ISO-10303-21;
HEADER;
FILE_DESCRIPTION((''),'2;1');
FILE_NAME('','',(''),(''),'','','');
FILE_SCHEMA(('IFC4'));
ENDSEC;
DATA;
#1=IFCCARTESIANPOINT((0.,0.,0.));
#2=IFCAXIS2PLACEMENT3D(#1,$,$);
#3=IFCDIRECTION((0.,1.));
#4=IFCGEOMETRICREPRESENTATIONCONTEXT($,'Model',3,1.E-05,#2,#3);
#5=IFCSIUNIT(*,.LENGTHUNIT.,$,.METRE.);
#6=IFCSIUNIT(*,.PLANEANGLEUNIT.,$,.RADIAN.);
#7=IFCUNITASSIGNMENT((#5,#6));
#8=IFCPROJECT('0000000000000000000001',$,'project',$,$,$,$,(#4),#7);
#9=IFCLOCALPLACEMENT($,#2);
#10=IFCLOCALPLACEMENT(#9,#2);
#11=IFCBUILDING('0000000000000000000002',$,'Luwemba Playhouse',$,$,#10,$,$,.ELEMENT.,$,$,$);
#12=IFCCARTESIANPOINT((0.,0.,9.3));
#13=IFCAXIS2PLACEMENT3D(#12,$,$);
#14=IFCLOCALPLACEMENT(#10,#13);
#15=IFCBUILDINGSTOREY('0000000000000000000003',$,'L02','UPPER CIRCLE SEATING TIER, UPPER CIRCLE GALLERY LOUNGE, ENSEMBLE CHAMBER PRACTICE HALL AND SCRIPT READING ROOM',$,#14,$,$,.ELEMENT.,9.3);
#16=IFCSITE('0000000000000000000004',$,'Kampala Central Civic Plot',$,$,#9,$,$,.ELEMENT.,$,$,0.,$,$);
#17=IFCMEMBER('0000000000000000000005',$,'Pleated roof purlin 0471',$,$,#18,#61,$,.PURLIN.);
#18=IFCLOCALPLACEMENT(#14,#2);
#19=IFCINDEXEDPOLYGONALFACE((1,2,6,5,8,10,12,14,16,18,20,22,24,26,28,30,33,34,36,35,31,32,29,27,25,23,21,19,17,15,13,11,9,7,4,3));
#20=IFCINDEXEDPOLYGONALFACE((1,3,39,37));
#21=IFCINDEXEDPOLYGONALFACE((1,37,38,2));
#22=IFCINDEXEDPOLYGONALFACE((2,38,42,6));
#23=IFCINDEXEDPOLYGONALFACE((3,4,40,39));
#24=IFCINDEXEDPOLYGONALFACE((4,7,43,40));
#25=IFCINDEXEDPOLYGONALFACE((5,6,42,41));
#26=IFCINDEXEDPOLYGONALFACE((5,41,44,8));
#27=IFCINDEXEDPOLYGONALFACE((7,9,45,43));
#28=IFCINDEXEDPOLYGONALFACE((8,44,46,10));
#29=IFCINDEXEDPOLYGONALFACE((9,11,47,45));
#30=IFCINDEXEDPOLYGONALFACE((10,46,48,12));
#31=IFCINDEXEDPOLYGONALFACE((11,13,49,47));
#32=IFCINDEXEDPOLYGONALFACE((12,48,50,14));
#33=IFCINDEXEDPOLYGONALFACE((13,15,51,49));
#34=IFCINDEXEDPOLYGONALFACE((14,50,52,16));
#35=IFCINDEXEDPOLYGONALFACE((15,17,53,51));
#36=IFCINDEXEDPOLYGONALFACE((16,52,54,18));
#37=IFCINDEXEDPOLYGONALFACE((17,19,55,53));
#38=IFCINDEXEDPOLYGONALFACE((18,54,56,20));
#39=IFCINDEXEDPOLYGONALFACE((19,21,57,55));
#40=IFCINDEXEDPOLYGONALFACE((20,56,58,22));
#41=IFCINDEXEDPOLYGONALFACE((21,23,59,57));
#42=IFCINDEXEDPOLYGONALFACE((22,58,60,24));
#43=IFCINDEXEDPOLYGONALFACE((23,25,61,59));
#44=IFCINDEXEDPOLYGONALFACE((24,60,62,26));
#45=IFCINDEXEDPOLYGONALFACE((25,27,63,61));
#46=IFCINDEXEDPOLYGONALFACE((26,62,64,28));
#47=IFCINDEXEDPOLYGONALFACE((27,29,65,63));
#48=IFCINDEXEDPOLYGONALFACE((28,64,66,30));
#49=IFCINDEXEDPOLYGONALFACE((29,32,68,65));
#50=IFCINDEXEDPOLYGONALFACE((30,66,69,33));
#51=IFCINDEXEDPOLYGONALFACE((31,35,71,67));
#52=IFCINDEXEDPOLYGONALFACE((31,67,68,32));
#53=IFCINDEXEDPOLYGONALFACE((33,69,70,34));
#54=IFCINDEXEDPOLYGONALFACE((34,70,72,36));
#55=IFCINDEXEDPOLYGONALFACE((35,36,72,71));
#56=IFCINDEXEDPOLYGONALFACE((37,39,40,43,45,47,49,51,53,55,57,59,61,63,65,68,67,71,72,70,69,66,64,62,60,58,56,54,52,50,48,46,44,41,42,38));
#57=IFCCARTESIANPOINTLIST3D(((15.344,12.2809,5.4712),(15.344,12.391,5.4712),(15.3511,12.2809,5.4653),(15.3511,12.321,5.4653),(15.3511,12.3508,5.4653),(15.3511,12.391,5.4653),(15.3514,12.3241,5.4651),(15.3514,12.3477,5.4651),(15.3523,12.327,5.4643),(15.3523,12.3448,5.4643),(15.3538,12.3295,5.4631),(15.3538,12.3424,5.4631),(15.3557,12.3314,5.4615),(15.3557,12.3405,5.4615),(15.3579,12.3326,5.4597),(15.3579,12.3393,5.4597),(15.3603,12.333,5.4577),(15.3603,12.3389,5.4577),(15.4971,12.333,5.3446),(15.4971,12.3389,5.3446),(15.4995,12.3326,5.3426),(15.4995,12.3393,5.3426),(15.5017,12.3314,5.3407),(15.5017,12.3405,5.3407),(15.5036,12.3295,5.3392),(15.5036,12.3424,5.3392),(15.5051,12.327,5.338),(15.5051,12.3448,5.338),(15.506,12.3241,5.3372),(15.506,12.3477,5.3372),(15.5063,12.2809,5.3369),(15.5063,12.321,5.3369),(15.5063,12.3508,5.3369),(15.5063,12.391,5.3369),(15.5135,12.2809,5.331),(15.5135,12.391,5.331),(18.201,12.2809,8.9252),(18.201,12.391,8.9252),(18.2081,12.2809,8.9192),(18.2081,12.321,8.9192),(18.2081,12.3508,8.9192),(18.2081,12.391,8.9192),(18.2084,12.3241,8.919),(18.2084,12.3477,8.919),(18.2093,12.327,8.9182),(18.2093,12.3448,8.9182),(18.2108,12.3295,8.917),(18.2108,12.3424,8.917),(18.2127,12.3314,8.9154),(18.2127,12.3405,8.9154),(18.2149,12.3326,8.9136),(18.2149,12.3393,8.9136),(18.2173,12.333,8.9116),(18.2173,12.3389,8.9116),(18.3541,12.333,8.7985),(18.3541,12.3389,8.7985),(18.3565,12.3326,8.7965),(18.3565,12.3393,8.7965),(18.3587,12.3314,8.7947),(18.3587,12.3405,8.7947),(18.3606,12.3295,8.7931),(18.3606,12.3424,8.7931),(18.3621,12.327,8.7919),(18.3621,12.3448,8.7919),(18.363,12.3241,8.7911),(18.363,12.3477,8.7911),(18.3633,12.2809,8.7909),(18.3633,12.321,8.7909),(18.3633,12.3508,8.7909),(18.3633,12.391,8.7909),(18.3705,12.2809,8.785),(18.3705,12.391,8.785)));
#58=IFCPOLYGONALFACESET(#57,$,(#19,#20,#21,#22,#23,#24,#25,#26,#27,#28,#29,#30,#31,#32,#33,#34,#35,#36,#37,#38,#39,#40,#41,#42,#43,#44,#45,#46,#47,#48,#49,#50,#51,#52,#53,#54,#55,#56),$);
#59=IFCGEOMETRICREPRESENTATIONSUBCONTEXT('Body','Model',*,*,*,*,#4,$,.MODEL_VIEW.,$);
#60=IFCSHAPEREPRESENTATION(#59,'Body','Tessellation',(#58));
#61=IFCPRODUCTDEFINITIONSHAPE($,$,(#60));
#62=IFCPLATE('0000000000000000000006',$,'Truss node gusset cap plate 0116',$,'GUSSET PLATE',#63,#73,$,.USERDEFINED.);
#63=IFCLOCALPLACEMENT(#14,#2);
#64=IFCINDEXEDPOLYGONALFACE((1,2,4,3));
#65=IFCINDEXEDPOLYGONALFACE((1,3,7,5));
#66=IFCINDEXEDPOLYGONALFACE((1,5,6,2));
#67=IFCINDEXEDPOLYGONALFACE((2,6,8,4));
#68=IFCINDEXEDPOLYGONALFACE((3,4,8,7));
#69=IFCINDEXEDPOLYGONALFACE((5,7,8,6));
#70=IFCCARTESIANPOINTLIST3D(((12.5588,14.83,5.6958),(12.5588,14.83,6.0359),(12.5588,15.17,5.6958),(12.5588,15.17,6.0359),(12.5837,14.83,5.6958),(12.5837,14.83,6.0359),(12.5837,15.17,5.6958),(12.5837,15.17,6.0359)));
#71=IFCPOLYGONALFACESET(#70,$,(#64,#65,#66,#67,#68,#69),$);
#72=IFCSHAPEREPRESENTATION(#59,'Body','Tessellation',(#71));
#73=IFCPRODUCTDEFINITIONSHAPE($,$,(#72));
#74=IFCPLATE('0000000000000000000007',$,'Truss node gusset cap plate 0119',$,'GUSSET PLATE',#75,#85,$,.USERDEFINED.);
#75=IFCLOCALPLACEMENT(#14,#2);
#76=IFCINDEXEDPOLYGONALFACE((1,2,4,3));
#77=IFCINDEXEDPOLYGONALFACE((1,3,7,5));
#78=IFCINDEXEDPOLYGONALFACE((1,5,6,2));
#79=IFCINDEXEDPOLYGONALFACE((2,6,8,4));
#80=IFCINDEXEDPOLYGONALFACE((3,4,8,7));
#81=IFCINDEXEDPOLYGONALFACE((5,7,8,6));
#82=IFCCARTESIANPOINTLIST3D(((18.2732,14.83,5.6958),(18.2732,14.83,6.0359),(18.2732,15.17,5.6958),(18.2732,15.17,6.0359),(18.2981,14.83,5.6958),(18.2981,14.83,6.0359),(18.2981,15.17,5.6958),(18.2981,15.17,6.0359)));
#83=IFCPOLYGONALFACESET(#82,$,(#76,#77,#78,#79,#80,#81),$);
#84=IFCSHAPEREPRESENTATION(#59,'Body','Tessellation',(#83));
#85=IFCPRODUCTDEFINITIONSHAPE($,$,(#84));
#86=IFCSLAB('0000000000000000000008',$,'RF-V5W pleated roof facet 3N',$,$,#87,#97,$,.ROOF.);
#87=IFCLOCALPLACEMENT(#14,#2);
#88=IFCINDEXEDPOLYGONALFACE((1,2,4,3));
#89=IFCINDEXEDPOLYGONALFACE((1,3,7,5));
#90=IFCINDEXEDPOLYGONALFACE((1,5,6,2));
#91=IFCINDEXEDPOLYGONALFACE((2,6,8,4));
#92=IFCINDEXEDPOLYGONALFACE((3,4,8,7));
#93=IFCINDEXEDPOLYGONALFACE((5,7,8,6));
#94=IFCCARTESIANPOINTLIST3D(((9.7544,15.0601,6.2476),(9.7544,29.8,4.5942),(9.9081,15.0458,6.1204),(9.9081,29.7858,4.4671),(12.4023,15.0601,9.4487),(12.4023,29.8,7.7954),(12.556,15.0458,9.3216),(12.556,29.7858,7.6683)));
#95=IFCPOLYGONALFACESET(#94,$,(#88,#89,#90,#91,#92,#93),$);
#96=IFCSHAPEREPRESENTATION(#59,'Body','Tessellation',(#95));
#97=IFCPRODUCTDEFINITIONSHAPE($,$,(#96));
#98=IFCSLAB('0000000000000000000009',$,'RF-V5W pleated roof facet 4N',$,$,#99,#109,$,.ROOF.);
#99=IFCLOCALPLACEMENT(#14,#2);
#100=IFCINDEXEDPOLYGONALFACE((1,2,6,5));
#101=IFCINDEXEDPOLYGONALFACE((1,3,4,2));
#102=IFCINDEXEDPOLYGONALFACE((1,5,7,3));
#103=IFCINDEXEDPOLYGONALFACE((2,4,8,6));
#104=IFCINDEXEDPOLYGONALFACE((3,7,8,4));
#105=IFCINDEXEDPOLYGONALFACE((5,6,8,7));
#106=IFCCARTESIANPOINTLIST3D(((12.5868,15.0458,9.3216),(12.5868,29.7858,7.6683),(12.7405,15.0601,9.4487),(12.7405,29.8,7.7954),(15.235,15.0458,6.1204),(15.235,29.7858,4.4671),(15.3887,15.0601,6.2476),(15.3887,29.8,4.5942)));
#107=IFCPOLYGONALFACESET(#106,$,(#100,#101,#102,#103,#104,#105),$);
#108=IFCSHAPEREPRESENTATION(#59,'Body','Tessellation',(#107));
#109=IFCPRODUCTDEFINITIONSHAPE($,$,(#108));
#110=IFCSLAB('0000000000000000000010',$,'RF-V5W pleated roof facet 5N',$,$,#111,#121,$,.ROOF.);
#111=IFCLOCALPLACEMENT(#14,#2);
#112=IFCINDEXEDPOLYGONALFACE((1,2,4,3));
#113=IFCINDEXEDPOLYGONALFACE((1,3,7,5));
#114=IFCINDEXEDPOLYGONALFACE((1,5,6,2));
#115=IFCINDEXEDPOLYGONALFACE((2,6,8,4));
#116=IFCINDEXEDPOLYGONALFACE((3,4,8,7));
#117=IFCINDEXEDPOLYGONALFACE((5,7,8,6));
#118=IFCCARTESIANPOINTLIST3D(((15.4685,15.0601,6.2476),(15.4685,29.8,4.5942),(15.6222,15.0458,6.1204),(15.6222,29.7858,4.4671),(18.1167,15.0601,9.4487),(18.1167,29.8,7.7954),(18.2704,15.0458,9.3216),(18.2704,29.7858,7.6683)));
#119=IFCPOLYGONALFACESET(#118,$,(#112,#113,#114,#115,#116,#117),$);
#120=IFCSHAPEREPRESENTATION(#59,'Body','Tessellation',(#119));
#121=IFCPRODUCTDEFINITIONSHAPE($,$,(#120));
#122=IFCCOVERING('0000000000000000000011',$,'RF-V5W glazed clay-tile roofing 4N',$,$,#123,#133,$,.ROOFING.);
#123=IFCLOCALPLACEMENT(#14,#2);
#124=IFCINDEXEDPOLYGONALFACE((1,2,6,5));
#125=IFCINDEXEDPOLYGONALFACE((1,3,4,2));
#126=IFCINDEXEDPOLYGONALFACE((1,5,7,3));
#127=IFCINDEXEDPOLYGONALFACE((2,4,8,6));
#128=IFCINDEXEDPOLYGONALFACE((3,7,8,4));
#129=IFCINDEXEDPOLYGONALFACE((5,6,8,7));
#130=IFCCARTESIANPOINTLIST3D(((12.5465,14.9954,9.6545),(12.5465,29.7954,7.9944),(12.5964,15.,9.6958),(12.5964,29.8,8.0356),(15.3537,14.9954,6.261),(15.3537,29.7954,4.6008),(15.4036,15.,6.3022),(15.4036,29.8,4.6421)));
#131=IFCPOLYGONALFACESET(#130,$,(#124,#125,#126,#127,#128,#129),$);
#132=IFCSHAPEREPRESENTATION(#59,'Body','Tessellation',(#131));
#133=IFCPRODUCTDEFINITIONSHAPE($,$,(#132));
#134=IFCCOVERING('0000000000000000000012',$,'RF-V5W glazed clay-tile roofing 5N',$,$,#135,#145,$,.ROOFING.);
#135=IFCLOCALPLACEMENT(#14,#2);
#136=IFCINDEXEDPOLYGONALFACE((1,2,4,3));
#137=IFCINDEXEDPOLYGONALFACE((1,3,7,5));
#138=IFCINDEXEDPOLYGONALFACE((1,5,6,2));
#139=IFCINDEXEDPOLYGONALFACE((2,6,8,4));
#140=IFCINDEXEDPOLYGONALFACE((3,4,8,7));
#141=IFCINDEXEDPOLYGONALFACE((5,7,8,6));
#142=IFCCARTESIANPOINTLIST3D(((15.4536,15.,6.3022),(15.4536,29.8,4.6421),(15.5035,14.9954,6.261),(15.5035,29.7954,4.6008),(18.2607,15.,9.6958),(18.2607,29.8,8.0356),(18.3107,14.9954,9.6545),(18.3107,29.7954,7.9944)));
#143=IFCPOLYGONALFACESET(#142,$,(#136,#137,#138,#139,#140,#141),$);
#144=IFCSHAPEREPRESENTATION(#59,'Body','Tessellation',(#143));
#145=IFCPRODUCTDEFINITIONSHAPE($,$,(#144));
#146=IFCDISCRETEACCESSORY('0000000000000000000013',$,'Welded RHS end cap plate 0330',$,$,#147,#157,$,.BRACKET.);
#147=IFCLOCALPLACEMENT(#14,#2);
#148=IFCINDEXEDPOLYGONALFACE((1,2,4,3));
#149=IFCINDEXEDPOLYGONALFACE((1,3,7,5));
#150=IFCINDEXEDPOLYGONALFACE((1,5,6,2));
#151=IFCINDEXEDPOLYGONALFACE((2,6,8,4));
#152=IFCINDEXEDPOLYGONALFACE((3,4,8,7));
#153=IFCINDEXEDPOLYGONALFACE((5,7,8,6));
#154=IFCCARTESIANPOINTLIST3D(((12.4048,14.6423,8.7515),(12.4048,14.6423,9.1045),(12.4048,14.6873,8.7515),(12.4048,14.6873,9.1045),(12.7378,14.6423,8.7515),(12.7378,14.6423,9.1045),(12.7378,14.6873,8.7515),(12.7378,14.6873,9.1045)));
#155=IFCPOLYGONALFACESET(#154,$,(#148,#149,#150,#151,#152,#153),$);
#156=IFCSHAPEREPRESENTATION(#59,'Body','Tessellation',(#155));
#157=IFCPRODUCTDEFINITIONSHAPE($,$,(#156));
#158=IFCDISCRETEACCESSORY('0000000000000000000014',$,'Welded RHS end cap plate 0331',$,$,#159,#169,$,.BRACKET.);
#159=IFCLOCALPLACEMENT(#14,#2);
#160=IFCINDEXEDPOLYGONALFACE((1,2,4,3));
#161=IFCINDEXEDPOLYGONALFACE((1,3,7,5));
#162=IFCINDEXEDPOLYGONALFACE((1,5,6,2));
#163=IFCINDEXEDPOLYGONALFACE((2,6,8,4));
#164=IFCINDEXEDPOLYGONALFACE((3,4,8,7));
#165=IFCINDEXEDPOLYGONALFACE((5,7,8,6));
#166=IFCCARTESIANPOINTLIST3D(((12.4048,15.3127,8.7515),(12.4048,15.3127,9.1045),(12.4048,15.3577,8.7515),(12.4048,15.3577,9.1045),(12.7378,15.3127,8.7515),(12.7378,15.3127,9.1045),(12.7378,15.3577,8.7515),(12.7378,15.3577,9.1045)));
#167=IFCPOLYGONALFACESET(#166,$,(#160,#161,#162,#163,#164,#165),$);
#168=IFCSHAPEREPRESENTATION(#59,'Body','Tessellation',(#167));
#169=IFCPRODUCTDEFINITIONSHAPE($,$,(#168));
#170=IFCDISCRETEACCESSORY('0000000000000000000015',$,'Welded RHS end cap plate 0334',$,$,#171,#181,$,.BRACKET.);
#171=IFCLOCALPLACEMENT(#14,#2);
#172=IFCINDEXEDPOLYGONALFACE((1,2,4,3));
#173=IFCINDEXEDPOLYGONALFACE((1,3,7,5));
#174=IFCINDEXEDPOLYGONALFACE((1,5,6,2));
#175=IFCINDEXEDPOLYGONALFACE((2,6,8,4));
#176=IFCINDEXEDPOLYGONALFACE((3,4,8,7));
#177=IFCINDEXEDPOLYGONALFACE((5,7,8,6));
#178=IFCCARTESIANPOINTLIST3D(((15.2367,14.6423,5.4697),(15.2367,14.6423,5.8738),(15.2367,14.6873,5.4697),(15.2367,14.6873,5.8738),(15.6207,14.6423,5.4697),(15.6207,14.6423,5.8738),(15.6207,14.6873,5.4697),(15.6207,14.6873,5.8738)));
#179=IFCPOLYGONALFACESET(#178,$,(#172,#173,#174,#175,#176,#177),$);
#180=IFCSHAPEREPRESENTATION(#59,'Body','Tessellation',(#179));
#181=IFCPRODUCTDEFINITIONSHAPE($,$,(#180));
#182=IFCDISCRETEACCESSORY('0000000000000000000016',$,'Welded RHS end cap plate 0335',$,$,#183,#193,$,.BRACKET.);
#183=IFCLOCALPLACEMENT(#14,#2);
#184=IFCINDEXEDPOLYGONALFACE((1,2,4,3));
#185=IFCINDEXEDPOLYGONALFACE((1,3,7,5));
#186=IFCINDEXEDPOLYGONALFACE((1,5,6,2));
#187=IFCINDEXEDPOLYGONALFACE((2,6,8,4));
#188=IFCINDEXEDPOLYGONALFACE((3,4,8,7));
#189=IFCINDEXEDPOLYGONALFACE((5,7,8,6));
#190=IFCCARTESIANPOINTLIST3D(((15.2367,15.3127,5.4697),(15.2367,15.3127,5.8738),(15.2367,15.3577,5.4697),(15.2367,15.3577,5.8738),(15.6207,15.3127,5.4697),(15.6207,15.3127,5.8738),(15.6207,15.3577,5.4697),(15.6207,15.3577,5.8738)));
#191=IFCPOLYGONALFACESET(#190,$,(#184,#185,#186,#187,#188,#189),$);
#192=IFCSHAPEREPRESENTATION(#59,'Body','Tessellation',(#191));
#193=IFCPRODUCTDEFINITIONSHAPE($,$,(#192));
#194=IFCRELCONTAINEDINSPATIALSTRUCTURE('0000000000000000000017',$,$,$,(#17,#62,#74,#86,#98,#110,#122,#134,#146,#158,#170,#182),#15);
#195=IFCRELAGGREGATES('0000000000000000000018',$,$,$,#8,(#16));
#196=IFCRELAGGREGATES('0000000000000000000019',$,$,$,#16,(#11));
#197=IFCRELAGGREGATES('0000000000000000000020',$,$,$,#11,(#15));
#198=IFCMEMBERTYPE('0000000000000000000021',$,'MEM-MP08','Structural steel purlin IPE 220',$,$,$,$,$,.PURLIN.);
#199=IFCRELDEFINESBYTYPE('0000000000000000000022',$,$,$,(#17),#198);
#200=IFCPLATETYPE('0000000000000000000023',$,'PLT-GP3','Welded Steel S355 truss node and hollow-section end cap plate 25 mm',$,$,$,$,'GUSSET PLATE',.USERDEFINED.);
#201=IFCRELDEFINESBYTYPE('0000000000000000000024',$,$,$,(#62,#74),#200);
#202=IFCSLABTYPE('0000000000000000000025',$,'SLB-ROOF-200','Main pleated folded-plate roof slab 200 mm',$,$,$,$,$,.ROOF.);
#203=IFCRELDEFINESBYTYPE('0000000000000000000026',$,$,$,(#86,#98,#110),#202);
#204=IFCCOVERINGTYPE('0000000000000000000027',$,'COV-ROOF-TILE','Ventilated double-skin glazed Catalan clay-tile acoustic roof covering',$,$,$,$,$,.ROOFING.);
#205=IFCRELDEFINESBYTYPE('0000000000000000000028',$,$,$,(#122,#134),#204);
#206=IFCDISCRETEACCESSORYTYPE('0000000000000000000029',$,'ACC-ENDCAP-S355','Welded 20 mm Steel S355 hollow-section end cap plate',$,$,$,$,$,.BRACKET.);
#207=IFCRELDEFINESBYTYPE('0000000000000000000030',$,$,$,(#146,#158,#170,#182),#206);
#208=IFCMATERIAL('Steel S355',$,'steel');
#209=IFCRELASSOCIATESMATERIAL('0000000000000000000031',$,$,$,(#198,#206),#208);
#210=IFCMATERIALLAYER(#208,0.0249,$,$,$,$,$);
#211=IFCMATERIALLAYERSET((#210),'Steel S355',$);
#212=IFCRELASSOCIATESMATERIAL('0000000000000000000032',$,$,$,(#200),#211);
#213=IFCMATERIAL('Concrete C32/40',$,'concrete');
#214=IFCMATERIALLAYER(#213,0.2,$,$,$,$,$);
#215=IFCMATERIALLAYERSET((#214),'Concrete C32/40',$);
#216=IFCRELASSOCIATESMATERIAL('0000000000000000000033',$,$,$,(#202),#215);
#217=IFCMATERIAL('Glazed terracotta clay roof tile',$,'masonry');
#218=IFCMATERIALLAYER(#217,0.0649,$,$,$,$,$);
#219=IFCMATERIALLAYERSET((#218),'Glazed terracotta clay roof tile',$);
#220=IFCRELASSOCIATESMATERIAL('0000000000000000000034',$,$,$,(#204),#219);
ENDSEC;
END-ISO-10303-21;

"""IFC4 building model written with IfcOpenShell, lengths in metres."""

from ifc_helpers import new_model, si_unit, direction, frame, origin, origin_2d, place, context, subcontext, project, spatial, polyline, rectangle, i_section, outline, extrude, material, layer, layer_set, material_profile, profile_set, type_object, element, save


model = new_model("IFC4")

# Units and contexts
model_context = context("Model", 3, precision=1e-05, world=origin(), true_north=direction((0.0, 1.0)))
body_context = subcontext(model_context, "Body", "Model", "MODEL_VIEW")
ifc_project = project(units=[si_unit("LENGTHUNIT", "METRE"), si_unit("PLANEANGLEUNIT", "RADIAN")], contexts=[model_context])

# Site, building, storey
site_placement = place(None, origin())
site = spatial("IfcSite", under=ifc_project, at=site_placement, Name="Kampala Central Civic Plot", CompositionType="ELEMENT", RefElevation=0.0)
building_placement = place(site_placement, origin())
building = spatial("IfcBuilding", under=site, at=building_placement, Name="Luwemba Playhouse", CompositionType="ELEMENT")
storey_placement = place(building_placement, frame((0.0, 0.0, 9.3)))
storey = spatial("IfcBuildingStorey", under=building, at=storey_placement, Name="L02", Description="UPPER CIRCLE SEATING TIER, UPPER CIRCLE GALLERY LOUNGE, ENSEMBLE CHAMBER PRACTICE HALL AND SCRIPT READING ROOM", CompositionType="ELEMENT", Elevation=9.3)

# Shared definitions
ifc_material_1 = material(Name="Steel S355", Category="steel")

# Member
ifc_material_profile_1 = material_profile(ifc_material_1, i_section(OverallWidth=0.1101, OverallDepth=0.22, WebThickness=0.0059, FlangeThickness=0.0093, FilletRadius=0.012, at=origin_2d()))
ifc_profile_set_1 = profile_set([ifc_material_profile_1], Name="Steel S355")
member_type_1 = type_object("IfcMemberType", Name="MEM-MP08", Description="Structural steel purlin IPE 220", PredefinedType="PURLIN", material=ifc_profile_set_1)
member_1_placement = place(storey_placement, frame((15.4287, 12.3359, 5.4011), z_axis=(0.637378, 0.0, 0.770551), x_axis=(0.0, 1.0, 0.0)))
element("IfcMember", 1, at=member_1_placement, inside=storey, type_object=member_type_1, Name="Pleated roof purlin 0471", PredefinedType="PURLIN", context=body_context, shape_type="SweptSolid", body=[
    extrude(i_section(OverallWidth=0.1101, OverallDepth=0.22, WebThickness=0.0059, FlangeThickness=0.0093, FilletRadius=0.012, at=origin_2d()), origin(), (0.0, 0.0, 1.0), 4.4824),
])

# Plates
ifc_layer_1 = layer(ifc_material_1, 0.0249)
ifc_layer_set_1 = layer_set([ifc_layer_1], Name="Steel S355")
plate_type = type_object("IfcPlateType", Name="PLT-GP3", Description="Welded Steel S355 truss node and hollow-section end cap plate 25 mm", ElementType="GUSSET PLATE", PredefinedType="USERDEFINED", material=ifc_layer_set_1)
for number, where, z_axis, x_axis, name in (
    (2, (12.5713, 15.0, 5.6958), (0.0, 0.0, 1.0), (1.0, 0.0, 0.0), "Truss node gusset cap plate 0116"),
    (3, (18.2856, 15.0, 5.6958), (0.0, 0.0, 1.0), (1.0, 0.0, 0.0), "Truss node gusset cap plate 0119"),
):
    element("IfcPlate", number, at=place(storey_placement, frame(where, z_axis=z_axis, x_axis=x_axis)), inside=storey, type_object=plate_type, Name=name, ObjectType="GUSSET PLATE", PredefinedType="USERDEFINED", context=body_context, shape_type="SweptSolid", body=[
        extrude(rectangle(XDim=0.0249, YDim=0.3401, at=origin_2d()), origin(), (0.0, 0.0, 1.0), 0.3401),
    ])

# Slabs
ifc_material_2 = material(Name="Concrete C32/40", Category="concrete")
ifc_layer_2 = layer(ifc_material_2, 0.2)
ifc_layer_set_2 = layer_set([ifc_layer_2], Name="Concrete C32/40")
slab_type = type_object("IfcSlabType", Name="SLB-ROOF-200", Description="Main pleated folded-plate roof slab 200 mm", PredefinedType="ROOF", material=ifc_layer_set_2)
slab_1_placement = place(storey_placement, frame((9.7544, 15.0601, 6.2476), z_axis=(-0.768586, 0.07131, 0.63576), x_axis=(0.637382, 0.0, 0.770548)))
element("IfcSlab", 4, at=slab_1_placement, inside=storey, type_object=slab_type, Name="RF-V5W pleated roof facet 3N", PredefinedType="ROOF", context=body_context, shape_type="SweptSolid", body=[
    extrude(outline(polyline([(0.0, 0.0), (4.1544, 0.0), (2.8804, 14.7776), (-1.274, 14.7776), (0.0, 0.0)])), origin(), (0.0, 0.0, -1.0), 0.2),
])
slab_2_placement = place(storey_placement, frame((12.7405, 15.0601, 9.4487), z_axis=(0.768557, 0.071314, 0.635794), x_axis=(0.637417, 0.0, -0.770519)))
element("IfcSlab", 5, at=slab_2_placement, inside=storey, type_object=slab_type, Name="RF-V5W pleated roof facet 4N", PredefinedType="ROOF", context=body_context, shape_type="SweptSolid", body=[
    extrude(outline(polyline([(0.0, 0.0), (4.1546, 0.0), (5.4285, 14.7776), (1.2739, 14.7776), (0.0, 0.0)])), origin(), (0.0, 0.0, -1.0), 0.2),
])
slab_3_placement = place(storey_placement, frame((15.4685, 15.0601, 6.2476), z_axis=(-0.768557, 0.071314, 0.635794), x_axis=(0.637417, 0.0, 0.770519)))
element("IfcSlab", 6, at=slab_3_placement, inside=storey, type_object=slab_type, Name="RF-V5W pleated roof facet 5N", PredefinedType="ROOF", context=body_context, shape_type="SweptSolid", body=[
    extrude(outline(polyline([(0.0, 0.0), (4.1546, 0.0), (2.8807, 14.7776), (-1.2739, 14.7776), (0.0, 0.0)])), origin(), (0.0, 0.0, -1.0), 0.2),
])

# Coverings
ifc_material_3 = material(Name="Glazed terracotta clay roof tile", Category="masonry")
ifc_layer_3 = layer(ifc_material_3, 0.0649)
ifc_layer_set_3 = layer_set([ifc_layer_3], Name="Glazed terracotta clay roof tile")
covering_type = type_object("IfcCoveringType", Name="COV-ROOF-TILE", Description="Ventilated double-skin glazed Catalan clay-tile acoustic roof covering", PredefinedType="ROOFING", material=ifc_layer_set_3)
covering_1_placement = place(storey_placement, frame((12.5964, 15.0, 9.6958), z_axis=(0.768581, 0.071315, 0.635766), x_axis=(0.637388, 0.0, -0.770543)))
element("IfcCovering", 7, at=covering_1_placement, inside=storey, type_object=covering_type, Name="RF-V5W glazed clay-tile roofing 4N", PredefinedType="ROOFING", context=body_context, shape_type="SweptSolid", body=[
    extrude(outline(polyline([(0.0, 0.0), (4.4041, 0.0), (5.6833, 14.8378), (1.2792, 14.8378), (0.0, 0.0)])), origin(), (0.0, 0.0, -1.0), 0.0649),
])
covering_2_placement = place(storey_placement, frame((15.4536, 15.0, 6.3022), z_axis=(-0.768581, 0.071315, 0.635766), x_axis=(0.637388, 0.0, 0.770543)))
element("IfcCovering", 8, at=covering_2_placement, inside=storey, type_object=covering_type, Name="RF-V5W glazed clay-tile roofing 5N", PredefinedType="ROOFING", context=body_context, shape_type="SweptSolid", body=[
    extrude(outline(polyline([(0.0, 0.0), (4.4041, 0.0), (3.1249, 14.8378), (-1.2792, 14.8378), (0.0, 0.0)])), origin(), (0.0, 0.0, -1.0), 0.0649),
])

# Discrete accessories
discrete_accessory_type = type_object("IfcDiscreteAccessoryType", Name="ACC-ENDCAP-S355", Description="Welded 20 mm Steel S355 hollow-section end cap plate", PredefinedType="BRACKET", material=ifc_material_1)
for number, where, z_axis, x_axis, name in (
    (9, (12.5713, 14.6648, 8.7515), (0.0, 0.0, 1.0), (1.0, 0.0, 0.0), "Welded RHS end cap plate 0330"),
    (10, (12.5713, 15.3352, 8.7515), (0.0, 0.0, 1.0), (1.0, 0.0, 0.0), "Welded RHS end cap plate 0331"),
):
    element("IfcDiscreteAccessory", number, at=place(storey_placement, frame(where, z_axis=z_axis, x_axis=x_axis)), inside=storey, type_object=discrete_accessory_type, Name=name, PredefinedType="BRACKET", context=body_context, shape_type="SweptSolid", body=[
        extrude(rectangle(XDim=0.333, YDim=0.0449, at=origin_2d()), origin(), (0.0, 0.0, 1.0), 0.353),
    ])
for number, where, z_axis, x_axis, name in (
    (11, (15.4287, 14.6648, 5.4697), (0.0, 0.0, 1.0), (1.0, 0.0, 0.0), "Welded RHS end cap plate 0334"),
    (12, (15.4287, 15.3352, 5.4697), (0.0, 0.0, 1.0), (1.0, 0.0, 0.0), "Welded RHS end cap plate 0335"),
):
    element("IfcDiscreteAccessory", number, at=place(storey_placement, frame(where, z_axis=z_axis, x_axis=x_axis)), inside=storey, type_object=discrete_accessory_type, Name=name, PredefinedType="BRACKET", context=body_context, shape_type="SweptSolid", body=[
        extrude(rectangle(XDim=0.384, YDim=0.0449, at=origin_2d()), origin(), (0.0, 0.0, 1.0), 0.4041),
    ])

save(model, "model.ifc")
